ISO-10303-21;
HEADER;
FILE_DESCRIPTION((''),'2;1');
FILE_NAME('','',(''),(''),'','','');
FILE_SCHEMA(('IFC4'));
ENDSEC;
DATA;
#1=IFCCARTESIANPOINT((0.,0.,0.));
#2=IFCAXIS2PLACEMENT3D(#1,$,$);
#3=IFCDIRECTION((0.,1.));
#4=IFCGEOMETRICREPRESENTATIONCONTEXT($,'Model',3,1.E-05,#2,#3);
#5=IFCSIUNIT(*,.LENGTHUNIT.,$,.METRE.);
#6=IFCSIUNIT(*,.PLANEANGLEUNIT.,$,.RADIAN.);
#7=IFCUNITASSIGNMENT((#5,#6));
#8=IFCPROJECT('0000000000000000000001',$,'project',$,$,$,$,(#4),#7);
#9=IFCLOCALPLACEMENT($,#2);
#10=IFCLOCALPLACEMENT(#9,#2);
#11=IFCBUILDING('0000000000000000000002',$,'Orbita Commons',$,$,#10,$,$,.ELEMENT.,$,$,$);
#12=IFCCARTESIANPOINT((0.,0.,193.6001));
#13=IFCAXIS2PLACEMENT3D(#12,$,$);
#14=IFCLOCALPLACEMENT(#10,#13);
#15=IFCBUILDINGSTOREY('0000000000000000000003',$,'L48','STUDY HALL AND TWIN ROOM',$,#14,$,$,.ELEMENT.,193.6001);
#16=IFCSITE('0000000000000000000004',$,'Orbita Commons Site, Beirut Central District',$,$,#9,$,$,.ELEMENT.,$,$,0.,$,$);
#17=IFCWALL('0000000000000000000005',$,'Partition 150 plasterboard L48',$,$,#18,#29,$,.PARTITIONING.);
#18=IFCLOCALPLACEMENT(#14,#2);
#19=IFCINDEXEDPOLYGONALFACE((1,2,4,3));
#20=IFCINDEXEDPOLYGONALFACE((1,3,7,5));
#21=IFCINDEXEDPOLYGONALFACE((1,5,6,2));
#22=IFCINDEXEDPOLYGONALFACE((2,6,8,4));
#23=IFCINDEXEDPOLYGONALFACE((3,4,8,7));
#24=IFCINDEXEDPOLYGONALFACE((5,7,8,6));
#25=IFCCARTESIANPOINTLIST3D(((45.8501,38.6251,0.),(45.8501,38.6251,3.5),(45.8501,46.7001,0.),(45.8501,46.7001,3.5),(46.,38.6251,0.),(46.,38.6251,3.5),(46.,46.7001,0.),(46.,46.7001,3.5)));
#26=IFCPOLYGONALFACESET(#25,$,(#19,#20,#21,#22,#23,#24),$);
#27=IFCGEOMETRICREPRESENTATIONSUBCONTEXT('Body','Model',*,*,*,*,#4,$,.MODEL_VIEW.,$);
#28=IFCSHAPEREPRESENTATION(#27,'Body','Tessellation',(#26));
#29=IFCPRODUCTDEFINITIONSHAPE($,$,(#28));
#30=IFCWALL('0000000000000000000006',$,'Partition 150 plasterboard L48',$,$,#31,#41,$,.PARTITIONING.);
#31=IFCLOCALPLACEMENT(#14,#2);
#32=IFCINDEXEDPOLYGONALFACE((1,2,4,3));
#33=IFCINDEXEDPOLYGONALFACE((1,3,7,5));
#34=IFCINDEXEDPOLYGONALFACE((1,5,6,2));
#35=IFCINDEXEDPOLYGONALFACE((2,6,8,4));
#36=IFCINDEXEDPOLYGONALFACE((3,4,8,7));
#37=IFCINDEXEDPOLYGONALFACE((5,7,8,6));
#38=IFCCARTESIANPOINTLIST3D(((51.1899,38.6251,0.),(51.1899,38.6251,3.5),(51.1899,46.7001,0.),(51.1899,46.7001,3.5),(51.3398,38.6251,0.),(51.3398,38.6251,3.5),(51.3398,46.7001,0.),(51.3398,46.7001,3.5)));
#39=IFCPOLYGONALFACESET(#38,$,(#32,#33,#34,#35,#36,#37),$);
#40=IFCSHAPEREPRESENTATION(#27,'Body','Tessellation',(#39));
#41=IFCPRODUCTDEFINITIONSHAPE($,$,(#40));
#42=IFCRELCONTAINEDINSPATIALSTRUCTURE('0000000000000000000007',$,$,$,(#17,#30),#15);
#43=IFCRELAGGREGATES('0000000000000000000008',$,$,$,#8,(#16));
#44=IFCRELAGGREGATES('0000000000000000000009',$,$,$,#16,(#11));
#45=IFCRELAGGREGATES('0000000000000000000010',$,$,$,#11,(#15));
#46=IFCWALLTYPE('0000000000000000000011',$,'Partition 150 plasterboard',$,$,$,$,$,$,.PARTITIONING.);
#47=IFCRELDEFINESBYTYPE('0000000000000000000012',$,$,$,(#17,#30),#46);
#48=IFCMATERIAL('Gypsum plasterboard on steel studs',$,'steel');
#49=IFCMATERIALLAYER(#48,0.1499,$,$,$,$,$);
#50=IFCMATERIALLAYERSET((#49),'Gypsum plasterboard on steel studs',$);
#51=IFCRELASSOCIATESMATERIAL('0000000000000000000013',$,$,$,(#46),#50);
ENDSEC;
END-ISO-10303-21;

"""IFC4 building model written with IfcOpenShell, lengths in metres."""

from ifc_helpers import new_model, si_unit, direction, frame, frame_2d, origin, place, context, subcontext, project, spatial, rectangle, extrude, material, layer, layer_set, type_object, element, save


model = new_model("IFC4")

# Units and contexts
model_context = context("Model", 3, precision=1e-05, world=origin(), true_north=direction((0.0, 1.0)))
body_context = subcontext(model_context, "Body", "Model", "MODEL_VIEW")
ifc_project = project(units=[si_unit("LENGTHUNIT", "METRE"), si_unit("PLANEANGLEUNIT", "RADIAN")], contexts=[model_context])

# Site, building, storey
site_placement = place(None, origin())
site = spatial("IfcSite", under=ifc_project, at=site_placement, Name="Orbita Commons Site, Beirut Central District", CompositionType="ELEMENT", RefElevation=0.0)
building_placement = place(site_placement, origin())
building = spatial("IfcBuilding", under=site, at=building_placement, Name="Orbita Commons", CompositionType="ELEMENT")
storey_placement = place(building_placement, frame((0.0, 0.0, 193.6001)))
storey = spatial("IfcBuildingStorey", under=building, at=storey_placement, Name="L48", Description="STUDY HALL AND TWIN ROOM", CompositionType="ELEMENT", Elevation=193.6001)

# Walls
ifc_material_1 = material(Name="Gypsum plasterboard on steel studs", Category="steel")
ifc_layer_1 = layer(ifc_material_1, 0.1499)
ifc_layer_set_1 = layer_set([ifc_layer_1], Name="Gypsum plasterboard on steel studs")
wall_type_1 = type_object("IfcWallType", Name="Partition 150 plasterboard", PredefinedType="PARTITIONING", material=ifc_layer_set_1)
for number, where, z_axis, x_axis, name in (
    (1, (45.925, 38.625, 0.0), (0.0, 0.0, 1.0), (0.0, 1.0, 0.0), "Partition 150 plasterboard L48"),
    (2, (51.2649, 38.625, 0.0), (0.0, 0.0, 1.0), (0.0, 1.0, 0.0), "Partition 150 plasterboard L48"),
):
    element("IfcWall", number, at=place(storey_placement, frame(where, z_axis=z_axis, x_axis=x_axis)), inside=storey, type_object=wall_type_1, Name=name, PredefinedType="PARTITIONING", context=body_context, shape_type="SweptSolid", body=[
        extrude(rectangle(XDim=8.075, YDim=0.1499, at=frame_2d((4.0376, 0.0))), origin(), (0.0, 0.0, 1.0), 3.5),
    ])

save(model, "model.ifc")
